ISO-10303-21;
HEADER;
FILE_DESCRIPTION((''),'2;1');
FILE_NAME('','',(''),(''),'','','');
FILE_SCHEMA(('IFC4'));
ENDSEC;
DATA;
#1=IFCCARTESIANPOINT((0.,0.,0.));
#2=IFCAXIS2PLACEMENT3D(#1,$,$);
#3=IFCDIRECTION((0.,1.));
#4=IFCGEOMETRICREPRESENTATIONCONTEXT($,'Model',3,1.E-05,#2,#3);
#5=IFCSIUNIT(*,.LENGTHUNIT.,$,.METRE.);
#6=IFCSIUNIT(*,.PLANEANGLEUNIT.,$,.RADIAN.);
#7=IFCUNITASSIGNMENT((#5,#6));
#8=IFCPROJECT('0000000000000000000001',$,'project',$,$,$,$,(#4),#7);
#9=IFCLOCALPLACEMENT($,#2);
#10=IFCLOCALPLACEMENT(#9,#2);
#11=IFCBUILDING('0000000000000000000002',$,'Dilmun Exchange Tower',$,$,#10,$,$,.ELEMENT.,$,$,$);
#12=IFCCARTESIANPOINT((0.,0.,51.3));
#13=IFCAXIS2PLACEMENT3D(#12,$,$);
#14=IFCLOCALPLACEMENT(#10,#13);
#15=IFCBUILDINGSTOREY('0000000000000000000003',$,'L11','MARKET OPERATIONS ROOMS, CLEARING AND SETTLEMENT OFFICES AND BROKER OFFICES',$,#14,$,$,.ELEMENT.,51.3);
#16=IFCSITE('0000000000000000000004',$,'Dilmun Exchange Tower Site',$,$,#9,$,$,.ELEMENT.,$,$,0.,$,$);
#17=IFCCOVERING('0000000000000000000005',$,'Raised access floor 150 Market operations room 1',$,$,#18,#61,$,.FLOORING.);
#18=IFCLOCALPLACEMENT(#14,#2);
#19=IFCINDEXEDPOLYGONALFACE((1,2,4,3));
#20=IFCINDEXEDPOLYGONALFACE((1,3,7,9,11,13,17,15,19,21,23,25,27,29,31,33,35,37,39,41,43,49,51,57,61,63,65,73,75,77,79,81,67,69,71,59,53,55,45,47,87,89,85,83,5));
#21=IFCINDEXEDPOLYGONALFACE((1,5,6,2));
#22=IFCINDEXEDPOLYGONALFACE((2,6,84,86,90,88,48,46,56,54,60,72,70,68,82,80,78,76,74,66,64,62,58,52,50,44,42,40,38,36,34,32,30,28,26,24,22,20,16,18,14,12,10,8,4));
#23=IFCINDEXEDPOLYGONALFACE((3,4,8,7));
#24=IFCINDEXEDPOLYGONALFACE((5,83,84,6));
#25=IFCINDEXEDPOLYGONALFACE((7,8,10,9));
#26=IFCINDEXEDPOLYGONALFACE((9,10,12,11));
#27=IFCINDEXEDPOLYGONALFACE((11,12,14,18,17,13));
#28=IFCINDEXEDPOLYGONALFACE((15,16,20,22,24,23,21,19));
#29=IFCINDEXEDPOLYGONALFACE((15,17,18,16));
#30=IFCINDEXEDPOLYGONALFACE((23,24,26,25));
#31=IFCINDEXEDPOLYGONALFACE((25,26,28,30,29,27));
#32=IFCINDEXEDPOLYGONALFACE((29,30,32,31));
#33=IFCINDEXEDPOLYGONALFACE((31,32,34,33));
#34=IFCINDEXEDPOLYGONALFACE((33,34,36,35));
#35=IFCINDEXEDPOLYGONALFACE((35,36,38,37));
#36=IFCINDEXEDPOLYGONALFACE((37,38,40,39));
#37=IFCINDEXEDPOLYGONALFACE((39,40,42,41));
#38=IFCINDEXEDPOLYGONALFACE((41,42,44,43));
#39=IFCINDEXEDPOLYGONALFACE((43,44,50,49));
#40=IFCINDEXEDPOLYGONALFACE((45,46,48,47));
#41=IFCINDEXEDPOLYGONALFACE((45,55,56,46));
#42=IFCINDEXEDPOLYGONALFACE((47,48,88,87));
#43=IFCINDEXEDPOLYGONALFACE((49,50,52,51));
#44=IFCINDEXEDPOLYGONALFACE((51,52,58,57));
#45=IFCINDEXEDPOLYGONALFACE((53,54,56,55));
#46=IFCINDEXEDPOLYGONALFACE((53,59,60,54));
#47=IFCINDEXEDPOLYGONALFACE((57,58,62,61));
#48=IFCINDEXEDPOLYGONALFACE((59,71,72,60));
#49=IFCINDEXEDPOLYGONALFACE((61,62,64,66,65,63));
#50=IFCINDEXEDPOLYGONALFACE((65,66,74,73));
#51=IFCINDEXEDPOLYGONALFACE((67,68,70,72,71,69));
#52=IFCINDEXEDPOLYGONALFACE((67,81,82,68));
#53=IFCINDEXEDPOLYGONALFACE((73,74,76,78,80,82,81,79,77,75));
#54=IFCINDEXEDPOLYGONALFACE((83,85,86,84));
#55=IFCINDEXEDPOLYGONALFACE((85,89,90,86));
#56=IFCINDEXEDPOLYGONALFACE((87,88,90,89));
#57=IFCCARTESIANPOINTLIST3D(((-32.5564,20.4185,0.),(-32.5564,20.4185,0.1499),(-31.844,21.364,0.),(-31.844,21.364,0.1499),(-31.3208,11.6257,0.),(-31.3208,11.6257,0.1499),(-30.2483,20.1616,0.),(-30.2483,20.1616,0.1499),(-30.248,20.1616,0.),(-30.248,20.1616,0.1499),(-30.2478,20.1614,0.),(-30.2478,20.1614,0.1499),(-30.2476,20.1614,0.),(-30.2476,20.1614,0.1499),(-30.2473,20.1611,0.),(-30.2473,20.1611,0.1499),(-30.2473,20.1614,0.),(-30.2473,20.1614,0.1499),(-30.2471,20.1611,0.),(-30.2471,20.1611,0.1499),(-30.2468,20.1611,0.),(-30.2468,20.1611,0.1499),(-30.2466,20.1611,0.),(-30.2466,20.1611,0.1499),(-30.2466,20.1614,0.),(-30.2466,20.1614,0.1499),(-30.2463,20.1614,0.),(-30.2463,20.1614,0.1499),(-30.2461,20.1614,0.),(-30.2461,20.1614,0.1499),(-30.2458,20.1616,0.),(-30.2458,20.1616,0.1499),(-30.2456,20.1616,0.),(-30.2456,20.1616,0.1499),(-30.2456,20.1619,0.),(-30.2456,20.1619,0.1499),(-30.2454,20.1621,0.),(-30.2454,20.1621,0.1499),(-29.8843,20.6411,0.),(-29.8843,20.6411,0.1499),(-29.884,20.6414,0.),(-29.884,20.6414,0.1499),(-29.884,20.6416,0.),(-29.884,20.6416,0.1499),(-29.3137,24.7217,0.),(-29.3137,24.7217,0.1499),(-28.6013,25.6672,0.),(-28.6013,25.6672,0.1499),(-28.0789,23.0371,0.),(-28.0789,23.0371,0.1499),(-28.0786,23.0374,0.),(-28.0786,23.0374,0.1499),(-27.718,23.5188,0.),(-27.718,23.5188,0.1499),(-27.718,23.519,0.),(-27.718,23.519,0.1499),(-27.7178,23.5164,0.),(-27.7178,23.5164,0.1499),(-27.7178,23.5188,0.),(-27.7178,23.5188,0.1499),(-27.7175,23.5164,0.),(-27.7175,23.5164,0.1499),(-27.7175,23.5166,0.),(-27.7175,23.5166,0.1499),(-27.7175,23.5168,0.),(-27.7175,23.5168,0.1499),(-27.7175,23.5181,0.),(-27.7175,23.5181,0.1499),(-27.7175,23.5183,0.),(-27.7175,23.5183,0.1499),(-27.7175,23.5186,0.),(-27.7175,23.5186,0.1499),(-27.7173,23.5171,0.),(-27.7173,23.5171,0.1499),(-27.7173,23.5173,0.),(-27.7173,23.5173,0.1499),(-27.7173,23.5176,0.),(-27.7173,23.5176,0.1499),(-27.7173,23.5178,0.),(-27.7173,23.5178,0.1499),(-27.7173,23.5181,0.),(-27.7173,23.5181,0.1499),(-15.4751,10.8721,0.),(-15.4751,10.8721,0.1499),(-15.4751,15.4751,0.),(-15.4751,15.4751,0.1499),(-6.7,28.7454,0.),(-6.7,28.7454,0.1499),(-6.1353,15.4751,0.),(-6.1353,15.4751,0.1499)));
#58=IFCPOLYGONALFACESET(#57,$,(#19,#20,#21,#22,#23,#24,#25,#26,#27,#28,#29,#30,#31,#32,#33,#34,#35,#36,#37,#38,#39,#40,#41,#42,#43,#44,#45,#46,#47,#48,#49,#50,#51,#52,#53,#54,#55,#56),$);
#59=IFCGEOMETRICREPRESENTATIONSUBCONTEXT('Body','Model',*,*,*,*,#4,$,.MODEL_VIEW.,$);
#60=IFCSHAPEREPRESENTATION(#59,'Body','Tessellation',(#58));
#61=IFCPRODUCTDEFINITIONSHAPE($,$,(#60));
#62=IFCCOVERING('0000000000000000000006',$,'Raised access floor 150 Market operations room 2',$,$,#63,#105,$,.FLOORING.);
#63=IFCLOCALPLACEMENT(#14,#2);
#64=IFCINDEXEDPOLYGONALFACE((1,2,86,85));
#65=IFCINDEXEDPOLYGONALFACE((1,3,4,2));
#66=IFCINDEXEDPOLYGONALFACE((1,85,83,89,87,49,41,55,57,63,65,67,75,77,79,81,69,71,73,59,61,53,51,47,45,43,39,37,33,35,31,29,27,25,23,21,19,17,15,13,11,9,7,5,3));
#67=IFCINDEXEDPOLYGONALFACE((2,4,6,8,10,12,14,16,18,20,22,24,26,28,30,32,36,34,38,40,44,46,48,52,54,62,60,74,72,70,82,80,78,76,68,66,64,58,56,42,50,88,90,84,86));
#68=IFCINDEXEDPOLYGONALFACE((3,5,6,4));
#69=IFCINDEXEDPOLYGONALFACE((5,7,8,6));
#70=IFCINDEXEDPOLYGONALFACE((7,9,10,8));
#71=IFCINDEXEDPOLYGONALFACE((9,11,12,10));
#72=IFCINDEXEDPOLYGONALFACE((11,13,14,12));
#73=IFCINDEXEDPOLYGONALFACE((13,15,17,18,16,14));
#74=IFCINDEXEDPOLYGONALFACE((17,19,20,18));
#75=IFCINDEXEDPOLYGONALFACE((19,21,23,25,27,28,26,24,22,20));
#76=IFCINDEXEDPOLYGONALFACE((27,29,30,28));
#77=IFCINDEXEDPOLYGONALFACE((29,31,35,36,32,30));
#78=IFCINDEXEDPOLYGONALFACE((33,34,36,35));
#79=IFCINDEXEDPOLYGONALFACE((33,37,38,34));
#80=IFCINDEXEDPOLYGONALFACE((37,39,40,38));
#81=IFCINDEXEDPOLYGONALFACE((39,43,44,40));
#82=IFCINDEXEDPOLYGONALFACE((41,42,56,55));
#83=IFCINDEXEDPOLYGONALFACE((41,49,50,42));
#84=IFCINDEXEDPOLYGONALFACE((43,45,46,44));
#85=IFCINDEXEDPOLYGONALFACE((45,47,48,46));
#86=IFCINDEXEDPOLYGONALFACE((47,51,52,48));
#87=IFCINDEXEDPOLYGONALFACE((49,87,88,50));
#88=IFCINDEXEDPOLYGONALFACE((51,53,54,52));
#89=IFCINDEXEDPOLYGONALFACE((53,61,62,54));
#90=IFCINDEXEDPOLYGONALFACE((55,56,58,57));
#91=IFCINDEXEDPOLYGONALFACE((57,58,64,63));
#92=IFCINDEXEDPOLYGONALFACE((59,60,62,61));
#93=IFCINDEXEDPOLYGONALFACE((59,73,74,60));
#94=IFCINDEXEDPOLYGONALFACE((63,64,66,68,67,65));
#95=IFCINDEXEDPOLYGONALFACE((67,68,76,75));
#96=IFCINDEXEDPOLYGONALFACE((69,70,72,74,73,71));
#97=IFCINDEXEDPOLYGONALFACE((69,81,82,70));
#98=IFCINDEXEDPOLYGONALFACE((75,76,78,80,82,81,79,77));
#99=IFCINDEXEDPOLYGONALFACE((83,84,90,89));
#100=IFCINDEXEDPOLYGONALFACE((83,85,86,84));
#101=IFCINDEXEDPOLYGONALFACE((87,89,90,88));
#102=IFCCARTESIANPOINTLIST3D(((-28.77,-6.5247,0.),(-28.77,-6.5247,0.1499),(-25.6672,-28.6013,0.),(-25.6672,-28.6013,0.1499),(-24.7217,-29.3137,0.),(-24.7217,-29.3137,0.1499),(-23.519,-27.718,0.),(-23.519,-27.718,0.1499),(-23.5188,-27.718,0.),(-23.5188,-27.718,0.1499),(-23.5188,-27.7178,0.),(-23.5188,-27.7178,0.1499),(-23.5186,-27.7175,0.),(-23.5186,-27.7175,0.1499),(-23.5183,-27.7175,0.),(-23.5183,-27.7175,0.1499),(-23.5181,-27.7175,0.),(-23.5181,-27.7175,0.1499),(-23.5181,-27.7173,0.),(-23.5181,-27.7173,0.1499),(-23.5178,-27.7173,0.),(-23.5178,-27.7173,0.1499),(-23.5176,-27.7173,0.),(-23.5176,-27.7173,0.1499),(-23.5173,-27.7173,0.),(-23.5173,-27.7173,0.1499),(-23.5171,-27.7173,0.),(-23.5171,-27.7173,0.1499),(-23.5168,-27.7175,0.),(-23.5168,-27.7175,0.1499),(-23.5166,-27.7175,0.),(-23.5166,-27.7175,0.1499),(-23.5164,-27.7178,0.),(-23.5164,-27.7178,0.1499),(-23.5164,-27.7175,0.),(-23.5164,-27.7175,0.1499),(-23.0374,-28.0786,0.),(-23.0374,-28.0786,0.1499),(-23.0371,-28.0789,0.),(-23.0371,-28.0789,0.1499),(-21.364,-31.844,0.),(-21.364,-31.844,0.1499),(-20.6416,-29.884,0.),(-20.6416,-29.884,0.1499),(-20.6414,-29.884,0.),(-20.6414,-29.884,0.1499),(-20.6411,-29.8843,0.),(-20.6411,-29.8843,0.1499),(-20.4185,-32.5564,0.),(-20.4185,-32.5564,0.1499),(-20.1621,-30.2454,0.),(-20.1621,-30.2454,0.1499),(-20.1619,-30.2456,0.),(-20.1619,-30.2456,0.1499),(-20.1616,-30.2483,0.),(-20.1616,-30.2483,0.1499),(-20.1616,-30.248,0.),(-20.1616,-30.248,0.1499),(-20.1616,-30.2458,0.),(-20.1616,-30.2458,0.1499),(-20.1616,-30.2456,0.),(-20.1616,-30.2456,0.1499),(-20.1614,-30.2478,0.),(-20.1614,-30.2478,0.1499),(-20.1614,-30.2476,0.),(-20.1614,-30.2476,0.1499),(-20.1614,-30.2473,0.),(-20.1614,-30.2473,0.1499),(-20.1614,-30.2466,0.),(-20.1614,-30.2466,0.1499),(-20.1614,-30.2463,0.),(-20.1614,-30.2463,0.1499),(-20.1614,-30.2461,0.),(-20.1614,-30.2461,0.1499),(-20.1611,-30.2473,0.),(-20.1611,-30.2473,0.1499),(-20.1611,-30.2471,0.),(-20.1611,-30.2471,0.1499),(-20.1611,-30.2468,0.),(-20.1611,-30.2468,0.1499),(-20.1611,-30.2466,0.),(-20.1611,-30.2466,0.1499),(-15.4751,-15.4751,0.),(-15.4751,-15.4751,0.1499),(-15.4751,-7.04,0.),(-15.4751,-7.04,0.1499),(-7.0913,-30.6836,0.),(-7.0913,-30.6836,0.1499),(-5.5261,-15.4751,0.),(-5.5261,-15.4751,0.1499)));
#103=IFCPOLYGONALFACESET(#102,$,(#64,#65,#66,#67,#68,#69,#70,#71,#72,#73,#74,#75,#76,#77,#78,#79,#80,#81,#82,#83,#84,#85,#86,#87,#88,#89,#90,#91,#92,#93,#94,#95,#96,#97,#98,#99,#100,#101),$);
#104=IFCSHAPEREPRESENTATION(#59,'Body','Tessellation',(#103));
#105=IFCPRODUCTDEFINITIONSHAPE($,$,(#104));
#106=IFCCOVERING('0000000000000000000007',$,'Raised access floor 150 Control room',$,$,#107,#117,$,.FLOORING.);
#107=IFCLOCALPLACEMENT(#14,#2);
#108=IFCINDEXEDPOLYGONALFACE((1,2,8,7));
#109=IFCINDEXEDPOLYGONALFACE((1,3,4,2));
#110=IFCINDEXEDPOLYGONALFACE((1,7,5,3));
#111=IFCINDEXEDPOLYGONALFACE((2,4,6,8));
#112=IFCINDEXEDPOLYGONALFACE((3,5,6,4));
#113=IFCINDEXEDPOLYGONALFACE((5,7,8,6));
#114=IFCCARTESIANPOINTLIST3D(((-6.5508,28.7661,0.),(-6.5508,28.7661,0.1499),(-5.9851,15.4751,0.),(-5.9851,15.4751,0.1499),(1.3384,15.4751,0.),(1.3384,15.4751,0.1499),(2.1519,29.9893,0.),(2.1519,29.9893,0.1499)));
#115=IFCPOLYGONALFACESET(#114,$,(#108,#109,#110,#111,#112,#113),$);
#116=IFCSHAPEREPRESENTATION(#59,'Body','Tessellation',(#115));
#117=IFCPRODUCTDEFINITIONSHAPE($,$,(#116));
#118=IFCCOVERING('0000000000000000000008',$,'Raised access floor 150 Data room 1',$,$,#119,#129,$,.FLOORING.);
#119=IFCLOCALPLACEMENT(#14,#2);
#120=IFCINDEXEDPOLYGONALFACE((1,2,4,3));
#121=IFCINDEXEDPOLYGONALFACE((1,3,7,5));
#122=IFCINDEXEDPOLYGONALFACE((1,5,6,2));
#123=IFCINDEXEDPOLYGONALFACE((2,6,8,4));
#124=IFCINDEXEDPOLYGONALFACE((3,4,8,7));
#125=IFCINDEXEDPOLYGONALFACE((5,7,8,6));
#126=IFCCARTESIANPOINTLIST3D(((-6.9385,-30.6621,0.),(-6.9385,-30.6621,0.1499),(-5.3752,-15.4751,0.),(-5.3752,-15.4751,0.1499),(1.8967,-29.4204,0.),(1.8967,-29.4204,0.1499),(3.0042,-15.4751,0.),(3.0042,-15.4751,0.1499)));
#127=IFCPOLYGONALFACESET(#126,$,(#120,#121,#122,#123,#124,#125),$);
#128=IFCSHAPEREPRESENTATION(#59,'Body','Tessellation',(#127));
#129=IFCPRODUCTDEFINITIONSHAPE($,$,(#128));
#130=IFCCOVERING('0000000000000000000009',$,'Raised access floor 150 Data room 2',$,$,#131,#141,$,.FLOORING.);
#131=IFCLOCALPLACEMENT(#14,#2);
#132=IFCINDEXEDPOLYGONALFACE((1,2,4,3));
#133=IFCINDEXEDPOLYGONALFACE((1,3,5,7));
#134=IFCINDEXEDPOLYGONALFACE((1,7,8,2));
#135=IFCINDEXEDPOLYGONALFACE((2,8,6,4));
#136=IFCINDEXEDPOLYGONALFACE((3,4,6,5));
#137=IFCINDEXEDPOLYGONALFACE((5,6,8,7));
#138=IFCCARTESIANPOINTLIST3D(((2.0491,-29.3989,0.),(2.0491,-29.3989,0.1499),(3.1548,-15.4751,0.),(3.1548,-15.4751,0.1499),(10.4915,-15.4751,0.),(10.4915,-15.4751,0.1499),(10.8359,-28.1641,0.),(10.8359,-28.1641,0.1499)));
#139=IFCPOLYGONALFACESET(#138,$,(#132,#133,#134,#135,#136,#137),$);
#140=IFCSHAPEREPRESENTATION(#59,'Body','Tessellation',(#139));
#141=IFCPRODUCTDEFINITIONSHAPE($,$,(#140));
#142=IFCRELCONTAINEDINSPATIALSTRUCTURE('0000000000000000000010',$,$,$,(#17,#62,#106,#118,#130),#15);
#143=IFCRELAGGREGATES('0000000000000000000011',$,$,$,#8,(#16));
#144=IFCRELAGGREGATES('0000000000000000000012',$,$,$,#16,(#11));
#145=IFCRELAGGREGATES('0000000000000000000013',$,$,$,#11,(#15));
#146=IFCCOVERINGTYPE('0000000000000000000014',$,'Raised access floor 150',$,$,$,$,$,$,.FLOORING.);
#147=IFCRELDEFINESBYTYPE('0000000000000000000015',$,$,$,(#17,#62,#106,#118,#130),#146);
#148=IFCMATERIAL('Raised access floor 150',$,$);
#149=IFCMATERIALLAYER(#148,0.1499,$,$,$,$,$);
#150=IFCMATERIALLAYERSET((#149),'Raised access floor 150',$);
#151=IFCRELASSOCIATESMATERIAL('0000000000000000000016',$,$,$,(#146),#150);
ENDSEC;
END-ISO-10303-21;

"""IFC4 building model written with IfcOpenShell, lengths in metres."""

from ifc_helpers import new_model, si_unit, direction, frame, origin, place, context, subcontext, project, spatial, polyline, outline, extrude, material, layer, layer_set, type_object, element, save


model = new_model("IFC4")

# Units and contexts
model_context = context("Model", 3, precision=1e-05, world=origin(), true_north=direction((0.0, 1.0)))
body_context = subcontext(model_context, "Body", "Model", "MODEL_VIEW")
ifc_project = project(units=[si_unit("LENGTHUNIT", "METRE"), si_unit("PLANEANGLEUNIT", "RADIAN")], contexts=[model_context])

# Site, building, storey
site_placement = place(None, origin())
site = spatial("IfcSite", under=ifc_project, at=site_placement, Name="Dilmun Exchange Tower Site", CompositionType="ELEMENT", RefElevation=0.0)
building_placement = place(site_placement, origin())
building = spatial("IfcBuilding", under=site, at=building_placement, Name="Dilmun Exchange Tower", CompositionType="ELEMENT")
storey_placement = place(building_placement, frame((0.0, 0.0, 51.3)))
storey = spatial("IfcBuildingStorey", under=building, at=storey_placement, Name="L11", Description="MARKET OPERATIONS ROOMS, CLEARING AND SETTLEMENT OFFICES AND BROKER OFFICES", CompositionType="ELEMENT", Elevation=51.3)

# Coverings
ifc_material_1 = material(Name="Raised access floor 150")
ifc_layer_1 = layer(ifc_material_1, 0.1499)
ifc_layer_set_1 = layer_set([ifc_layer_1], Name="Raised access floor 150")
covering_type_1 = type_object("IfcCoveringType", Name="Raised access floor 150", PredefinedType="FLOORING", material=ifc_layer_set_1)
covering_1_placement = place(storey_placement, origin())
element("IfcCovering", 1, at=covering_1_placement, inside=storey, type_object=covering_type_1, Name="Raised access floor 150 Market operations room 1", PredefinedType="FLOORING", context=body_context, shape_type="SweptSolid", body=[
    extrude(outline(polyline([(-6.1353, 15.4751), (-15.4751, 15.4751), (-15.4751, 10.8721), (-31.3208, 11.6257), (-32.5564, 20.4185), (-31.844, 21.364), (-30.2483, 20.1616), (-30.248, 20.1616), (-30.2478, 20.1614), (-30.2476, 20.1614), (-30.2473, 20.1614), (-30.2473, 20.1611), (-30.2471, 20.1611), (-30.2468, 20.1611), (-30.2466, 20.1611), (-30.2466, 20.1614), (-30.2463, 20.1614), (-30.2461, 20.1614), (-30.2458, 20.1616), (-30.2458, 20.1616), (-30.2456, 20.1616), (-30.2456, 20.1619), (-30.2454, 20.1621), (-29.8843, 20.6411), (-29.884, 20.6414), (-29.884, 20.6416), (-29.884, 20.6416), (-29.884, 20.6416), (-28.0789, 23.0371), (-28.0786, 23.0374), (-27.7178, 23.5164), (-27.7175, 23.5164), (-27.7175, 23.5166), (-27.7175, 23.5168), (-27.7173, 23.5171), (-27.7173, 23.5171), (-27.7173, 23.5173), (-27.7173, 23.5176), (-27.7173, 23.5178), (-27.7173, 23.5181), (-27.7175, 23.5181), (-27.7175, 23.5183), (-27.7175, 23.5186), (-27.7178, 23.5188), (-27.718, 23.5188), (-27.718, 23.519), (-27.718, 23.519), (-29.3137, 24.7217), (-28.6013, 25.6672), (-6.7, 28.7454), (-6.1353, 15.4751)])), origin(), (0.0, 0.0, 1.0), 0.1499),
])
covering_2_placement = place(storey_placement, origin())
element("IfcCovering", 2, at=covering_2_placement, inside=storey, type_object=covering_type_1, Name="Raised access floor 150 Market operations room 2", PredefinedType="FLOORING", context=body_context, shape_type="SweptSolid", body=[
    extrude(outline(polyline([(-15.4751, -7.04), (-15.4751, -15.4751), (-5.5261, -15.4751), (-7.0913, -30.6836), (-20.4185, -32.5564), (-21.364, -31.844), (-20.1616, -30.2483), (-20.1616, -30.248), (-20.1614, -30.2478), (-20.1614, -30.2476), (-20.1614, -30.2473), (-20.1611, -30.2473), (-20.1611, -30.2471), (-20.1611, -30.2468), (-20.1611, -30.2466), (-20.1614, -30.2466), (-20.1614, -30.2463), (-20.1614, -30.2461), (-20.1616, -30.2458), (-20.1616, -30.2458), (-20.1616, -30.2456), (-20.1619, -30.2456), (-20.1621, -30.2454), (-20.6411, -29.8843), (-20.6414, -29.884), (-20.6416, -29.884), (-20.6416, -29.884), (-20.6416, -29.884), (-23.0371, -28.0789), (-23.0374, -28.0786), (-23.5164, -27.7178), (-23.5164, -27.7175), (-23.5166, -27.7175), (-23.5168, -27.7175), (-23.5171, -27.7173), (-23.5171, -27.7173), (-23.5173, -27.7173), (-23.5176, -27.7173), (-23.5178, -27.7173), (-23.5181, -27.7173), (-23.5181, -27.7175), (-23.5183, -27.7175), (-23.5186, -27.7175), (-23.5188, -27.7178), (-23.5188, -27.718), (-23.519, -27.718), (-23.519, -27.718), (-24.7217, -29.3137), (-25.6672, -28.6013), (-28.77, -6.5247), (-15.4751, -7.04)])), origin(), (0.0, 0.0, 1.0), 0.1499),
])
covering_3_placement = place(storey_placement, origin())
element("IfcCovering", 3, at=covering_3_placement, inside=storey, type_object=covering_type_1, Name="Raised access floor 150 Control room", PredefinedType="FLOORING", context=body_context, shape_type="SweptSolid", body=[
    extrude(outline(polyline([(1.3384, 15.4751), (-5.9851, 15.4751), (-6.5508, 28.7661), (2.1519, 29.9893), (1.3384, 15.4751)])), origin(), (0.0, 0.0, 1.0), 0.1499),
])
covering_4_placement = place(storey_placement, origin())
element("IfcCovering", 4, at=covering_4_placement, inside=storey, type_object=covering_type_1, Name="Raised access floor 150 Data room 1", PredefinedType="FLOORING", context=body_context, shape_type="SweptSolid", body=[
    extrude(outline(polyline([(-5.3752, -15.4751), (3.0042, -15.4751), (1.8967, -29.4204), (-6.9385, -30.6621), (-5.3752, -15.4751)])), origin(), (0.0, 0.0, 1.0), 0.1499),
])
covering_5_placement = place(storey_placement, origin())
element("IfcCovering", 5, at=covering_5_placement, inside=storey, type_object=covering_type_1, Name="Raised access floor 150 Data room 2", PredefinedType="FLOORING", context=body_context, shape_type="SweptSolid", body=[
    extrude(outline(polyline([(3.1548, -15.4751), (10.4915, -15.4751), (10.8359, -28.1641), (2.0491, -29.3989), (3.1548, -15.4751)])), origin(), (0.0, 0.0, 1.0), 0.1499),
])

save(model, "model.ifc")
